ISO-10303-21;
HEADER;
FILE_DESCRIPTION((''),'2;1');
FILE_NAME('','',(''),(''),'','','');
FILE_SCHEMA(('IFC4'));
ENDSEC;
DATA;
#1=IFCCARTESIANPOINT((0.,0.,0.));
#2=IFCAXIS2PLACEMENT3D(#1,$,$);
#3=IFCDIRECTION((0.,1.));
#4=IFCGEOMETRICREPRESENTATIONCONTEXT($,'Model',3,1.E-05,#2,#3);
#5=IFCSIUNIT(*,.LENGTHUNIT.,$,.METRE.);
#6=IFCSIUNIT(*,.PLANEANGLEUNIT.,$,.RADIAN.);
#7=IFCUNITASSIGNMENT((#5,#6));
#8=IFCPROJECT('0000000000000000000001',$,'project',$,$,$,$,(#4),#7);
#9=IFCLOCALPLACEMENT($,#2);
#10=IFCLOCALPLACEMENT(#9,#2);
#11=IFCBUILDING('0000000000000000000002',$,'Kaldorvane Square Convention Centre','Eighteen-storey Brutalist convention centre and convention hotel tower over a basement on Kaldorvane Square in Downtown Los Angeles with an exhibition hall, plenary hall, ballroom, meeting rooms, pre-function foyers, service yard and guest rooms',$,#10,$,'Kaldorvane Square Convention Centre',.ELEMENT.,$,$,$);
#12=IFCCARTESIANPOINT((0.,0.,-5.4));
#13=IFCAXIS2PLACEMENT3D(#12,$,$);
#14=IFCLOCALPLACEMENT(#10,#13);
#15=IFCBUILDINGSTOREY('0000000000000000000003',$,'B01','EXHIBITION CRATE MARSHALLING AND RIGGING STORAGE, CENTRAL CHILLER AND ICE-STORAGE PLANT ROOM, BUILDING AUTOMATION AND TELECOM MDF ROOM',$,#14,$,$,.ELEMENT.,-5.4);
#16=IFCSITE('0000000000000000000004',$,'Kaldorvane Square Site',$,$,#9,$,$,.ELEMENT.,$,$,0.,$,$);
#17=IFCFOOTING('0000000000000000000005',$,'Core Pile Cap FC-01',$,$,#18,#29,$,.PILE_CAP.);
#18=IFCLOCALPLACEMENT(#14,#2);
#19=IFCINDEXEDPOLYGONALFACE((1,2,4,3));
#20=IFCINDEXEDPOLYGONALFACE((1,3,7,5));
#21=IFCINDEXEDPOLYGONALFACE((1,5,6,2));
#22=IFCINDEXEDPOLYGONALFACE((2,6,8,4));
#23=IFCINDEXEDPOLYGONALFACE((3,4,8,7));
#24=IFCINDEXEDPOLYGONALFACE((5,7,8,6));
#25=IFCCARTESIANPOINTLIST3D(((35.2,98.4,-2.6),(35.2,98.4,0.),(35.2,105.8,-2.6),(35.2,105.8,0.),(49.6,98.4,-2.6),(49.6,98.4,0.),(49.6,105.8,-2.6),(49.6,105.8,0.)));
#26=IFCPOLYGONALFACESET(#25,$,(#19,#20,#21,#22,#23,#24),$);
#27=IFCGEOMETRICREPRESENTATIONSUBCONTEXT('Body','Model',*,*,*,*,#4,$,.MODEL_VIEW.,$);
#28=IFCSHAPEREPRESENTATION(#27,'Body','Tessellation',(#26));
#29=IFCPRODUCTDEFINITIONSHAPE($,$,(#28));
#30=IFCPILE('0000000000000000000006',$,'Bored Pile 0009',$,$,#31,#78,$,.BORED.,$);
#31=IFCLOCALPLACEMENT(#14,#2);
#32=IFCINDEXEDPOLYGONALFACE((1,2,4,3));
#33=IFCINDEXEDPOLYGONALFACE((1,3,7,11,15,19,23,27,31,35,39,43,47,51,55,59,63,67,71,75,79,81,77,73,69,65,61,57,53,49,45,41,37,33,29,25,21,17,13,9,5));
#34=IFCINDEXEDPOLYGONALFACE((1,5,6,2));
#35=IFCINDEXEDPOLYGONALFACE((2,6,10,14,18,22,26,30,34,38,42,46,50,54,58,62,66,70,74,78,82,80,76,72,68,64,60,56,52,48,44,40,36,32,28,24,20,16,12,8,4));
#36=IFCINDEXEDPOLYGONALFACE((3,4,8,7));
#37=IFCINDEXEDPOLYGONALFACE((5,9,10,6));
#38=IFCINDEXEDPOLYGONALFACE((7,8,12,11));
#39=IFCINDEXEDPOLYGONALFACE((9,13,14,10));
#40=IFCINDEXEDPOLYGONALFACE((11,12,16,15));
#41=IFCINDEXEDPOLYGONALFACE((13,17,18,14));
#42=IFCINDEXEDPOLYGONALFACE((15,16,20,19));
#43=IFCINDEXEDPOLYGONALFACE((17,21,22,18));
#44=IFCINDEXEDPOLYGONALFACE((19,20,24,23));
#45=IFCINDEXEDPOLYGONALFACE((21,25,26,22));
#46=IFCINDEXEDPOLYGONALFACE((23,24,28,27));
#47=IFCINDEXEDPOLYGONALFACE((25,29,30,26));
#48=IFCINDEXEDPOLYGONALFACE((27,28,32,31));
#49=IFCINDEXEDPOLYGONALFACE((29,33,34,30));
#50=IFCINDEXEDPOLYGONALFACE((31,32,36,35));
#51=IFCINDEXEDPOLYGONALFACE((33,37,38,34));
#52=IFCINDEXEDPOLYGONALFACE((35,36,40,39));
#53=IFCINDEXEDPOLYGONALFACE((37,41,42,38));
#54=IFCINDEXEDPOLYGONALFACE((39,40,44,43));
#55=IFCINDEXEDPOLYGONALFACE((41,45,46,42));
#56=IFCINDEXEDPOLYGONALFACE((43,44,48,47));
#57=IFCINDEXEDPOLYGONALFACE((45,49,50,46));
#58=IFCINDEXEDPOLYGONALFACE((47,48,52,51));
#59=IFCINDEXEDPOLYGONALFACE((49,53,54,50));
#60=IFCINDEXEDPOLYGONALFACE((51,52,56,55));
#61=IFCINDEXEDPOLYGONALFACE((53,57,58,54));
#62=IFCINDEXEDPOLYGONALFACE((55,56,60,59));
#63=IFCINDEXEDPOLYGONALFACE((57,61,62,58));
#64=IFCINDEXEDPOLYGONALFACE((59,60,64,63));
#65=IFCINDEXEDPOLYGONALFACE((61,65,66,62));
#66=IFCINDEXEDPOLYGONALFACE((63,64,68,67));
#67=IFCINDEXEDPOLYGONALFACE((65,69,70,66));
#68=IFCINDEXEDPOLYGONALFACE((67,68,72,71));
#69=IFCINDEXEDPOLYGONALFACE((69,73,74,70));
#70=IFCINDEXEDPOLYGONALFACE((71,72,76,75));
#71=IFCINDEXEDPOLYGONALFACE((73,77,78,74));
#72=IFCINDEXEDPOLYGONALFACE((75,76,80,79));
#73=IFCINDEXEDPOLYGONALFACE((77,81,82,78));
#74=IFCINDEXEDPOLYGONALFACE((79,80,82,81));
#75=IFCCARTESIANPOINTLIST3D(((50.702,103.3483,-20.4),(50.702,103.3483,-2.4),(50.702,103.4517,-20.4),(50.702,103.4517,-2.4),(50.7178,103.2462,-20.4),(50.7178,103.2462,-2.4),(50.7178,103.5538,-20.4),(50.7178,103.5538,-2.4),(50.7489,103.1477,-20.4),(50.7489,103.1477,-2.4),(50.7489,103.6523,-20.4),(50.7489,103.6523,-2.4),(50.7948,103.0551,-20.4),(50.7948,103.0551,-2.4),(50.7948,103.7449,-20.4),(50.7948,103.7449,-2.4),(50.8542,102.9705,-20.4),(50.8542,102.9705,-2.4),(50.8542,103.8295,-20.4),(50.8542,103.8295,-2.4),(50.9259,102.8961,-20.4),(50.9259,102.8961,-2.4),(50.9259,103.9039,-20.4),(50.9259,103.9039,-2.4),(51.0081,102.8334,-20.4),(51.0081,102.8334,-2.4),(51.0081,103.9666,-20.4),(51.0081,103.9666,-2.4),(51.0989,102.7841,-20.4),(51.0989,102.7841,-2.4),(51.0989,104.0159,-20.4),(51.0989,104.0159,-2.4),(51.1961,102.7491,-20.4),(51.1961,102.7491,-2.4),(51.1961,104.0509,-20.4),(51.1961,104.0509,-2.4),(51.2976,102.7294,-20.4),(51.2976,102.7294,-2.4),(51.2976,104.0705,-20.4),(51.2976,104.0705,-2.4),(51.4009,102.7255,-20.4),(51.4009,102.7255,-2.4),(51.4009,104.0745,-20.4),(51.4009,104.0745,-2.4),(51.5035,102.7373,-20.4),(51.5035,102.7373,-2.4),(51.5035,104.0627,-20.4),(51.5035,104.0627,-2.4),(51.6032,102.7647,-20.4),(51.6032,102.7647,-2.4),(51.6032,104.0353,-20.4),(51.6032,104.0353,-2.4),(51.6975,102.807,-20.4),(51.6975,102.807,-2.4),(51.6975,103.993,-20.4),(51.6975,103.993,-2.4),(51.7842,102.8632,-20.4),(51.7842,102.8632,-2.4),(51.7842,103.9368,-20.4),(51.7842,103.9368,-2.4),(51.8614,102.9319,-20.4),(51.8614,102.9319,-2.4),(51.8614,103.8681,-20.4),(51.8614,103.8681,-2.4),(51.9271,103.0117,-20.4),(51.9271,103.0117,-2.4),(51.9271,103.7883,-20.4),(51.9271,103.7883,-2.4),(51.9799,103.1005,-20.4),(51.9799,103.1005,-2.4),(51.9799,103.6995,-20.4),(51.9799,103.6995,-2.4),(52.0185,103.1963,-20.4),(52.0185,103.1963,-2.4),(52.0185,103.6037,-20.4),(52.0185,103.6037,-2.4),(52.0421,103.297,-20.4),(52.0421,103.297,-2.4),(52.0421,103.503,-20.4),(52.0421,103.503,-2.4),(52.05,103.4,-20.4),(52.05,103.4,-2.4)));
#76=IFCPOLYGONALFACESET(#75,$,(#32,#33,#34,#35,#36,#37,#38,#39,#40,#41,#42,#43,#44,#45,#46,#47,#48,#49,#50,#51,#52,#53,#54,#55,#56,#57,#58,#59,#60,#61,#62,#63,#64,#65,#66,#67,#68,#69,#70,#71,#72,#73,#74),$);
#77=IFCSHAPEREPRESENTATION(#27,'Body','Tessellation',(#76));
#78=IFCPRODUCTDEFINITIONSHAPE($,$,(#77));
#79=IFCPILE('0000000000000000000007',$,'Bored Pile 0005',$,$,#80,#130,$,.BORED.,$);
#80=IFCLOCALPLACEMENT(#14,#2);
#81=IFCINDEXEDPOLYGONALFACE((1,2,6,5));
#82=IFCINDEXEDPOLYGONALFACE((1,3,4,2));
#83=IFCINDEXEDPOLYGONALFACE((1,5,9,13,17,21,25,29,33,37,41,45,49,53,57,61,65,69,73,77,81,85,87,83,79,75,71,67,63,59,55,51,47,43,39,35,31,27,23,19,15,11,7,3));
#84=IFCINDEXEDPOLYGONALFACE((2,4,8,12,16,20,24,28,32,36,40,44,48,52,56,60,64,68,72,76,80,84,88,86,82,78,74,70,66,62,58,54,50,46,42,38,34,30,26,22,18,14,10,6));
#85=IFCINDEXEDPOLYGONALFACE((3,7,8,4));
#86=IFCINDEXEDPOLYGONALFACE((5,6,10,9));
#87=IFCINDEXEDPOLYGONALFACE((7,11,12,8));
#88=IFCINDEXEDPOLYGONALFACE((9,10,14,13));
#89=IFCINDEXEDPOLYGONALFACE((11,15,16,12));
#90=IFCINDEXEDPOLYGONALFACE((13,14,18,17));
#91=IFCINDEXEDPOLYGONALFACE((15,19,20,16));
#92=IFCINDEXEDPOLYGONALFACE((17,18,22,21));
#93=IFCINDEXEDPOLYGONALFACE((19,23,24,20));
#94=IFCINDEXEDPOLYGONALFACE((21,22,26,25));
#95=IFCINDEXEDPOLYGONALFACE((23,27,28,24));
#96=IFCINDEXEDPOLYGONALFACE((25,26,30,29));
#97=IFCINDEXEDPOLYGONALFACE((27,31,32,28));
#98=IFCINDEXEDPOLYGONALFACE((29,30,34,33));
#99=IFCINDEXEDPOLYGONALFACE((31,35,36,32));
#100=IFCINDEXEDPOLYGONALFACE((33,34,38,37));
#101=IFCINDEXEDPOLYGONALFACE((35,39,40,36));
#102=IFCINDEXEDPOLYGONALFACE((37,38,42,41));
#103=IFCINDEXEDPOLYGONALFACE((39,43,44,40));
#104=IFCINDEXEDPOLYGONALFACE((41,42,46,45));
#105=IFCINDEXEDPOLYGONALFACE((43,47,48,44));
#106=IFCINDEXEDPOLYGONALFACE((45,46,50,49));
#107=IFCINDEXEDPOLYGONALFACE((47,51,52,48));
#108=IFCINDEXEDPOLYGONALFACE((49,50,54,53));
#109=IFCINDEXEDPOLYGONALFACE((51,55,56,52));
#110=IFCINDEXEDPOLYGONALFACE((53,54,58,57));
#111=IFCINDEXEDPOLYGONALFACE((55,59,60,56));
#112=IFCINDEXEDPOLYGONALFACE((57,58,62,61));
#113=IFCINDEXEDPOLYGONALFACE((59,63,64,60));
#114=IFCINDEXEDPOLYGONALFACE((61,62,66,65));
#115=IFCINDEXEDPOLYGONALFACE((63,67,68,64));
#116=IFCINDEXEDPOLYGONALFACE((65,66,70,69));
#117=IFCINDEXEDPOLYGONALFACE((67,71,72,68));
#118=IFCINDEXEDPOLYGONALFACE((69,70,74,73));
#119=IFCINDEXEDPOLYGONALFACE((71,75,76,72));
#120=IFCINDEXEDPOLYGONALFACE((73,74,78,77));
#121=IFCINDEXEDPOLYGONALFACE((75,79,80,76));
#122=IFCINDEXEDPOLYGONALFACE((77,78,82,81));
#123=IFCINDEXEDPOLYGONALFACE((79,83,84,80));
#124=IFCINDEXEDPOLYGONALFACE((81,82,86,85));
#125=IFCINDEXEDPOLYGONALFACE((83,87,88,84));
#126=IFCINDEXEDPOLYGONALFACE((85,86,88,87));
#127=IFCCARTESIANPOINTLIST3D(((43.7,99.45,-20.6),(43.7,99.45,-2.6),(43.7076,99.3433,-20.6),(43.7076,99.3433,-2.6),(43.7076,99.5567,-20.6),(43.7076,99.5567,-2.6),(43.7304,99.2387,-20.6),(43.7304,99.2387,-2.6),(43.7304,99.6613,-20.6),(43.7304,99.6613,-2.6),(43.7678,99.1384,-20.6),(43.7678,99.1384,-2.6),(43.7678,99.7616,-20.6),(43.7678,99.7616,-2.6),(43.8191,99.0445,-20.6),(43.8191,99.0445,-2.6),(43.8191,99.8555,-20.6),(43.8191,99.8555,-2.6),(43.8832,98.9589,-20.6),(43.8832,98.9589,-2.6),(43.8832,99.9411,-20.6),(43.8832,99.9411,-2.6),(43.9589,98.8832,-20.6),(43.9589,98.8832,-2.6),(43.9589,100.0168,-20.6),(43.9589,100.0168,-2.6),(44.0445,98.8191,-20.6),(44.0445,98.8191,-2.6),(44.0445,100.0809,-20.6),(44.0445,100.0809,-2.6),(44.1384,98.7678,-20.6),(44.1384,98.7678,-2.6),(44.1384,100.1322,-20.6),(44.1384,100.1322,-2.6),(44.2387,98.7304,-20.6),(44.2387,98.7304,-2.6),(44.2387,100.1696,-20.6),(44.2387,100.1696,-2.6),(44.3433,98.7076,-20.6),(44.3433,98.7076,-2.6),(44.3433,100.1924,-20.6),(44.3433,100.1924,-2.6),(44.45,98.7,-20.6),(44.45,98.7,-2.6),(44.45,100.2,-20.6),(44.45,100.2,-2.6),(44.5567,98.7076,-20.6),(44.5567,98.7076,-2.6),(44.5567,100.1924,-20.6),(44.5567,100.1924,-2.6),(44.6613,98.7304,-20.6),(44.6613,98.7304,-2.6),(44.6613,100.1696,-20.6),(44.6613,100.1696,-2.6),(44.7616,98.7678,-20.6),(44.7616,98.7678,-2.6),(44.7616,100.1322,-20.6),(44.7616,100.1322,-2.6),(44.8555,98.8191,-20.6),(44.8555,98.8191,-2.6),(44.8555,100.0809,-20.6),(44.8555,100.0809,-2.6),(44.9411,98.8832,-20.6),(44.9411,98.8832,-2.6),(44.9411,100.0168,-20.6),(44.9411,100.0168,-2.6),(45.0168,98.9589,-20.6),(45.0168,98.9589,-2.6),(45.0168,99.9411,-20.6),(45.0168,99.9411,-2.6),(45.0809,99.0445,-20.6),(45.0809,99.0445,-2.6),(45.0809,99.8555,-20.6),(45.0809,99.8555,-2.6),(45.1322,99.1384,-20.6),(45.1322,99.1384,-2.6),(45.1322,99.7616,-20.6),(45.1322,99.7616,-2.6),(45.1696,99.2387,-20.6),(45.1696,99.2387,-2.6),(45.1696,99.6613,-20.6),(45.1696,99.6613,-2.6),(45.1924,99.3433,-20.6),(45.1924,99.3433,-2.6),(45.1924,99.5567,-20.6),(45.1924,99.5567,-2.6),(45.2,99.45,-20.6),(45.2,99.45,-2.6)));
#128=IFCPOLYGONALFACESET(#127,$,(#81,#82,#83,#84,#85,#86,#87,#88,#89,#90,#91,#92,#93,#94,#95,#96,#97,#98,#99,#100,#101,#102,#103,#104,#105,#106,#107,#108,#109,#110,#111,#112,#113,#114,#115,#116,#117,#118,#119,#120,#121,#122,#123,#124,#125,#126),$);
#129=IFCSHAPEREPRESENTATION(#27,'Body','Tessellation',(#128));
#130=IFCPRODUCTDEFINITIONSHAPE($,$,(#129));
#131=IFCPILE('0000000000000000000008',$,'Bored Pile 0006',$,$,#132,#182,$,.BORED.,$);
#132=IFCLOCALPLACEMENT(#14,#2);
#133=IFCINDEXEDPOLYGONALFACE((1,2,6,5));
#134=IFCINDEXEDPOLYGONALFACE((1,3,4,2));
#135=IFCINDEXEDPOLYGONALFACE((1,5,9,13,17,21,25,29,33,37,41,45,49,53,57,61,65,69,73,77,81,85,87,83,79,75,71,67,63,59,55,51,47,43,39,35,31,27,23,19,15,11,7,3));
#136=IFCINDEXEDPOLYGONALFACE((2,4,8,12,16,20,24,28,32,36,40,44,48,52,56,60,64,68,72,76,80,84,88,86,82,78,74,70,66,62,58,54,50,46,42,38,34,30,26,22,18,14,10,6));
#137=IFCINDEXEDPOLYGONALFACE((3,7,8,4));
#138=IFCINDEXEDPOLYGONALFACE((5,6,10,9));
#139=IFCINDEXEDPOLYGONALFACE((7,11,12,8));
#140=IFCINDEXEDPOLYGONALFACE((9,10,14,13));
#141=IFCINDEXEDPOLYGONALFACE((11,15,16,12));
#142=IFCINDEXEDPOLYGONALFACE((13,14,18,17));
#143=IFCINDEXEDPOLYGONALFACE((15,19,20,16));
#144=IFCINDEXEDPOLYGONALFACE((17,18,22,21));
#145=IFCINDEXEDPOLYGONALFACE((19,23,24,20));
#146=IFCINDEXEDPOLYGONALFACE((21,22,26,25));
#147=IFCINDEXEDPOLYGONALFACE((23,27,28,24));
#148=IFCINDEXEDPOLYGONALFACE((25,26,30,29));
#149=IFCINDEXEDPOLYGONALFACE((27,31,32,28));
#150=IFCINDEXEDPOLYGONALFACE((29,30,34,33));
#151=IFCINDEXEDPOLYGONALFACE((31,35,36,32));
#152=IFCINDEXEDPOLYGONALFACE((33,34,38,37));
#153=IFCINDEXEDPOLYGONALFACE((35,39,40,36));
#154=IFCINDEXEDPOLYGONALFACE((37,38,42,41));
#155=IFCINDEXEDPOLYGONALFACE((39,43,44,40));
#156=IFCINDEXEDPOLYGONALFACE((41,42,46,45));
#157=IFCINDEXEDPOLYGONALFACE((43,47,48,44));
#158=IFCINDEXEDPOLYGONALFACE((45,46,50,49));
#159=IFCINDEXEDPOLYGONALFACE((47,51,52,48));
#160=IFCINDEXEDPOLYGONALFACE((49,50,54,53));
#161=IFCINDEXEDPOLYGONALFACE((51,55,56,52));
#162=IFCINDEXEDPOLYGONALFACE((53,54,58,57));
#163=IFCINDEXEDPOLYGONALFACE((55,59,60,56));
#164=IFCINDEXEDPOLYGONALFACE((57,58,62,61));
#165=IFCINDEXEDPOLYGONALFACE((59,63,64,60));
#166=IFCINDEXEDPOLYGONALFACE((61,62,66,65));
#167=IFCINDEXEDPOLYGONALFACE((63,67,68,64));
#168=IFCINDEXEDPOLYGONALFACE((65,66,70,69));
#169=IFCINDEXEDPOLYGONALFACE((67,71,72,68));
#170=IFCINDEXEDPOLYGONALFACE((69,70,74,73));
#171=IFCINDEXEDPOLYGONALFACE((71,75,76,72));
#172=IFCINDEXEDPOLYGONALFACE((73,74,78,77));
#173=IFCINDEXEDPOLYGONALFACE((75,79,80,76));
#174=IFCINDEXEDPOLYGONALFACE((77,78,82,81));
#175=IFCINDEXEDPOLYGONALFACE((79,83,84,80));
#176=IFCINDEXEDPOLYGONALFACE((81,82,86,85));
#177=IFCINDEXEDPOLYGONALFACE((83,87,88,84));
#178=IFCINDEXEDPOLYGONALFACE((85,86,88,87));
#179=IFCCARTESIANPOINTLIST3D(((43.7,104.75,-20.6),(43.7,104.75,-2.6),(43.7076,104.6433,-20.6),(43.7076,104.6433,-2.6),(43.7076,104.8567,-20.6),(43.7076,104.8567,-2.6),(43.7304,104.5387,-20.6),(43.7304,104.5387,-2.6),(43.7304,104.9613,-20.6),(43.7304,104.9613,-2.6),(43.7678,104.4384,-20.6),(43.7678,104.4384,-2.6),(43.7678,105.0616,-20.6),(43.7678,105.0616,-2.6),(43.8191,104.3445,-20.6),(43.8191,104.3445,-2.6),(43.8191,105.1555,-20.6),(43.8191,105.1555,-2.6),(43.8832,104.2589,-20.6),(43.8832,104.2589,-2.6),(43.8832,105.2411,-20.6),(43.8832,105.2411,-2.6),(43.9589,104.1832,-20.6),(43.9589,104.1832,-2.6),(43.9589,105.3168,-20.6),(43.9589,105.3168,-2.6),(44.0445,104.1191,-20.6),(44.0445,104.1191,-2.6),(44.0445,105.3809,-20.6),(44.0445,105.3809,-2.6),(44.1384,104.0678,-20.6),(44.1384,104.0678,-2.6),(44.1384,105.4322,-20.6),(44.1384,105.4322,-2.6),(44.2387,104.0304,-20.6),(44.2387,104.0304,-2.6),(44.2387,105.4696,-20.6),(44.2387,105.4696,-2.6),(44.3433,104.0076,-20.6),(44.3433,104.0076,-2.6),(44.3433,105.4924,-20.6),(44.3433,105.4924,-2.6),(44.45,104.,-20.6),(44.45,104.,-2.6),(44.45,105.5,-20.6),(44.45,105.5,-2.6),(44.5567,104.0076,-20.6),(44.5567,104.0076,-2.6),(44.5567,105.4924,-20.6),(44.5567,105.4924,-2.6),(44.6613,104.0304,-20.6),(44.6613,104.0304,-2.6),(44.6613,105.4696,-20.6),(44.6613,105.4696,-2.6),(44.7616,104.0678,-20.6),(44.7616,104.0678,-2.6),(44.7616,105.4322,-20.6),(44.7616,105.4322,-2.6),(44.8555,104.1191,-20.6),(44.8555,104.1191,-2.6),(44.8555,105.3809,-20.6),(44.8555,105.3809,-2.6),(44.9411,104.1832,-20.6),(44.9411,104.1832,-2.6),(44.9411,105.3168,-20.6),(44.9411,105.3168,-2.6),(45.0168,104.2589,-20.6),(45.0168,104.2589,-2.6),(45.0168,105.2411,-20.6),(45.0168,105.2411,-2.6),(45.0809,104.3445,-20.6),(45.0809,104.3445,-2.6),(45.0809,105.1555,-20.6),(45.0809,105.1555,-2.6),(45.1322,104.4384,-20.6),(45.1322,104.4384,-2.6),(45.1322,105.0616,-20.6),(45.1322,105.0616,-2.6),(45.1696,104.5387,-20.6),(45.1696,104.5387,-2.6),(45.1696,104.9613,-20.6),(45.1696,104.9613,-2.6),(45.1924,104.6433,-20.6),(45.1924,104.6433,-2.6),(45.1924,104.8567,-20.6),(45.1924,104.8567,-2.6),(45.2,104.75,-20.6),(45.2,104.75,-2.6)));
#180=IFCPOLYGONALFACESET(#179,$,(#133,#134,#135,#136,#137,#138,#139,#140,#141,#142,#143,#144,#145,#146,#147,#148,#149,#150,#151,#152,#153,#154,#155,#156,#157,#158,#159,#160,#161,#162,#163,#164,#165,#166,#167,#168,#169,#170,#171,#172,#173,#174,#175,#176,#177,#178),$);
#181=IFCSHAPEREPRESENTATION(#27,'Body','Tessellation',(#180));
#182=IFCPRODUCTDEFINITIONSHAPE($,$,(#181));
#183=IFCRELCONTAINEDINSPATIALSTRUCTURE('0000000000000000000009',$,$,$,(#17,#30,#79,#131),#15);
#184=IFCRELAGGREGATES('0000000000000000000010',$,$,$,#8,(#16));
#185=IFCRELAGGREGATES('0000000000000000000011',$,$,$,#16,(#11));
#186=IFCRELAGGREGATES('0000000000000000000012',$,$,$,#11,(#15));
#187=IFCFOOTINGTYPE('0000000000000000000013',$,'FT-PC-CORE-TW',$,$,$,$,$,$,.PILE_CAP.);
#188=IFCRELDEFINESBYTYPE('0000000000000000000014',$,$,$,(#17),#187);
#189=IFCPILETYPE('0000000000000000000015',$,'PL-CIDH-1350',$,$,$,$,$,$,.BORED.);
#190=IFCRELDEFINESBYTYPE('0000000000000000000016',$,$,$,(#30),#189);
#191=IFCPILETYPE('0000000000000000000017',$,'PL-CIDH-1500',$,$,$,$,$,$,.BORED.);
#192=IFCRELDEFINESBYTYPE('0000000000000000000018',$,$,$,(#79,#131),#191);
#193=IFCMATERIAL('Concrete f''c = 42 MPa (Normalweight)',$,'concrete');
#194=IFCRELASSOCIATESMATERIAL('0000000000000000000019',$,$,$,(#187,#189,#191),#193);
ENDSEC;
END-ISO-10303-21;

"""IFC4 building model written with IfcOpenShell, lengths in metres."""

from ifc_helpers import new_model, si_unit, direction, frame, origin, origin_2d, place, context, subcontext, project, spatial, rectangle, circle, extrude, material, material_profile, profile_set, type_object, element, save


model = new_model("IFC4")

# Units and contexts
model_context = context("Model", 3, precision=1e-05, world=origin(), true_north=direction((0.0, 1.0)))
body_context = subcontext(model_context, "Body", "Model", "MODEL_VIEW")
ifc_project = project(units=[si_unit("LENGTHUNIT", "METRE"), si_unit("PLANEANGLEUNIT", "RADIAN")], contexts=[model_context])

# Site, building, storey
site_placement = place(None, origin())
site = spatial("IfcSite", under=ifc_project, at=site_placement, Name="Kaldorvane Square Site", CompositionType="ELEMENT", RefElevation=0.0)
building_placement = place(site_placement, origin())
building = spatial("IfcBuilding", under=site, at=building_placement, Name="Kaldorvane Square Convention Centre", Description="Eighteen-storey Brutalist convention centre and convention hotel tower over a basement on Kaldorvane Square in Downtown Los Angeles with an exhibition hall, plenary hall, ballroom, meeting rooms, pre-function foyers, service yard and guest rooms", LongName="Kaldorvane Square Convention Centre", CompositionType="ELEMENT")
storey_placement = place(building_placement, frame((0.0, 0.0, -5.4)))
storey = spatial("IfcBuildingStorey", under=building, at=storey_placement, Name="B01", Description="EXHIBITION CRATE MARSHALLING AND RIGGING STORAGE, CENTRAL CHILLER AND ICE-STORAGE PLANT ROOM, BUILDING AUTOMATION AND TELECOM MDF ROOM", CompositionType="ELEMENT", Elevation=-5.4)

# Footing
ifc_material_1 = material(Name="Concrete f'c = 42 MPa (Normalweight)", Category="concrete")
footing_type = type_object("IfcFootingType", Name="FT-PC-CORE-TW", PredefinedType="PILE_CAP", material=ifc_material_1)
footing_placement = place(storey_placement, frame((42.4, 102.1, -2.6), z_axis=(0.0, 0.0, 1.0), x_axis=(1.0, 0.0, 0.0)))
element("IfcFooting", 1, at=footing_placement, inside=storey, type_object=footing_type, Name="Core Pile Cap FC-01", PredefinedType="PILE_CAP", context=body_context, shape_type="SweptSolid", body=[
    extrude(rectangle(XDim=14.4, YDim=7.4, at=origin_2d()), origin(), (0.0, 0.0, 1.0), 2.6),
])

# Piles
ifc_material_profile_1 = material_profile(ifc_material_1, circle(Radius=0.675, at=origin_2d()), Name="PILE-D1350")
ifc_profile_set_1 = profile_set([ifc_material_profile_1], Name="Concrete f'c = 42 MPa (Normalweight)")
pile_type_1 = type_object("IfcPileType", Name="PL-CIDH-1350", PredefinedType="BORED", material=ifc_profile_set_1)
pile_placement = place(storey_placement, frame((51.375, 103.4, -2.4), z_axis=(0.0, 0.0, -1.0), x_axis=(1.0, 0.0, 0.0)))
element("IfcPile", 2, at=pile_placement, inside=storey, type_object=pile_type_1, Name="Bored Pile 0009", PredefinedType="BORED", context=body_context, shape_type="SweptSolid", body=[
    extrude(circle(Radius=0.675, at=origin_2d()), origin(), (0.0, 0.0, 1.0), 18.0),
])
ifc_material_profile_2 = material_profile(ifc_material_1, circle(Radius=0.75, at=origin_2d()), Name="PILE-D1500")
ifc_profile_set_2 = profile_set([ifc_material_profile_2], Name="Concrete f'c = 42 MPa (Normalweight)")
pile_type_2 = type_object("IfcPileType", Name="PL-CIDH-1500", PredefinedType="BORED", material=ifc_profile_set_2)
for number, where, z_axis, x_axis, name in (
    (3, (44.45, 99.45, -2.6), (0.0, 0.0, -1.0), (1.0, 0.0, 0.0), "Bored Pile 0005"),
    (4, (44.45, 104.75, -2.6), (0.0, 0.0, -1.0), (1.0, 0.0, 0.0), "Bored Pile 0006"),
):
    element("IfcPile", number, at=place(storey_placement, frame(where, z_axis=z_axis, x_axis=x_axis)), inside=storey, type_object=pile_type_2, Name=name, PredefinedType="BORED", context=body_context, shape_type="SweptSolid", body=[
        extrude(circle(Radius=0.75, at=origin_2d()), origin(), (0.0, 0.0, 1.0), 18.0),
    ])

save(model, "model.ifc")
